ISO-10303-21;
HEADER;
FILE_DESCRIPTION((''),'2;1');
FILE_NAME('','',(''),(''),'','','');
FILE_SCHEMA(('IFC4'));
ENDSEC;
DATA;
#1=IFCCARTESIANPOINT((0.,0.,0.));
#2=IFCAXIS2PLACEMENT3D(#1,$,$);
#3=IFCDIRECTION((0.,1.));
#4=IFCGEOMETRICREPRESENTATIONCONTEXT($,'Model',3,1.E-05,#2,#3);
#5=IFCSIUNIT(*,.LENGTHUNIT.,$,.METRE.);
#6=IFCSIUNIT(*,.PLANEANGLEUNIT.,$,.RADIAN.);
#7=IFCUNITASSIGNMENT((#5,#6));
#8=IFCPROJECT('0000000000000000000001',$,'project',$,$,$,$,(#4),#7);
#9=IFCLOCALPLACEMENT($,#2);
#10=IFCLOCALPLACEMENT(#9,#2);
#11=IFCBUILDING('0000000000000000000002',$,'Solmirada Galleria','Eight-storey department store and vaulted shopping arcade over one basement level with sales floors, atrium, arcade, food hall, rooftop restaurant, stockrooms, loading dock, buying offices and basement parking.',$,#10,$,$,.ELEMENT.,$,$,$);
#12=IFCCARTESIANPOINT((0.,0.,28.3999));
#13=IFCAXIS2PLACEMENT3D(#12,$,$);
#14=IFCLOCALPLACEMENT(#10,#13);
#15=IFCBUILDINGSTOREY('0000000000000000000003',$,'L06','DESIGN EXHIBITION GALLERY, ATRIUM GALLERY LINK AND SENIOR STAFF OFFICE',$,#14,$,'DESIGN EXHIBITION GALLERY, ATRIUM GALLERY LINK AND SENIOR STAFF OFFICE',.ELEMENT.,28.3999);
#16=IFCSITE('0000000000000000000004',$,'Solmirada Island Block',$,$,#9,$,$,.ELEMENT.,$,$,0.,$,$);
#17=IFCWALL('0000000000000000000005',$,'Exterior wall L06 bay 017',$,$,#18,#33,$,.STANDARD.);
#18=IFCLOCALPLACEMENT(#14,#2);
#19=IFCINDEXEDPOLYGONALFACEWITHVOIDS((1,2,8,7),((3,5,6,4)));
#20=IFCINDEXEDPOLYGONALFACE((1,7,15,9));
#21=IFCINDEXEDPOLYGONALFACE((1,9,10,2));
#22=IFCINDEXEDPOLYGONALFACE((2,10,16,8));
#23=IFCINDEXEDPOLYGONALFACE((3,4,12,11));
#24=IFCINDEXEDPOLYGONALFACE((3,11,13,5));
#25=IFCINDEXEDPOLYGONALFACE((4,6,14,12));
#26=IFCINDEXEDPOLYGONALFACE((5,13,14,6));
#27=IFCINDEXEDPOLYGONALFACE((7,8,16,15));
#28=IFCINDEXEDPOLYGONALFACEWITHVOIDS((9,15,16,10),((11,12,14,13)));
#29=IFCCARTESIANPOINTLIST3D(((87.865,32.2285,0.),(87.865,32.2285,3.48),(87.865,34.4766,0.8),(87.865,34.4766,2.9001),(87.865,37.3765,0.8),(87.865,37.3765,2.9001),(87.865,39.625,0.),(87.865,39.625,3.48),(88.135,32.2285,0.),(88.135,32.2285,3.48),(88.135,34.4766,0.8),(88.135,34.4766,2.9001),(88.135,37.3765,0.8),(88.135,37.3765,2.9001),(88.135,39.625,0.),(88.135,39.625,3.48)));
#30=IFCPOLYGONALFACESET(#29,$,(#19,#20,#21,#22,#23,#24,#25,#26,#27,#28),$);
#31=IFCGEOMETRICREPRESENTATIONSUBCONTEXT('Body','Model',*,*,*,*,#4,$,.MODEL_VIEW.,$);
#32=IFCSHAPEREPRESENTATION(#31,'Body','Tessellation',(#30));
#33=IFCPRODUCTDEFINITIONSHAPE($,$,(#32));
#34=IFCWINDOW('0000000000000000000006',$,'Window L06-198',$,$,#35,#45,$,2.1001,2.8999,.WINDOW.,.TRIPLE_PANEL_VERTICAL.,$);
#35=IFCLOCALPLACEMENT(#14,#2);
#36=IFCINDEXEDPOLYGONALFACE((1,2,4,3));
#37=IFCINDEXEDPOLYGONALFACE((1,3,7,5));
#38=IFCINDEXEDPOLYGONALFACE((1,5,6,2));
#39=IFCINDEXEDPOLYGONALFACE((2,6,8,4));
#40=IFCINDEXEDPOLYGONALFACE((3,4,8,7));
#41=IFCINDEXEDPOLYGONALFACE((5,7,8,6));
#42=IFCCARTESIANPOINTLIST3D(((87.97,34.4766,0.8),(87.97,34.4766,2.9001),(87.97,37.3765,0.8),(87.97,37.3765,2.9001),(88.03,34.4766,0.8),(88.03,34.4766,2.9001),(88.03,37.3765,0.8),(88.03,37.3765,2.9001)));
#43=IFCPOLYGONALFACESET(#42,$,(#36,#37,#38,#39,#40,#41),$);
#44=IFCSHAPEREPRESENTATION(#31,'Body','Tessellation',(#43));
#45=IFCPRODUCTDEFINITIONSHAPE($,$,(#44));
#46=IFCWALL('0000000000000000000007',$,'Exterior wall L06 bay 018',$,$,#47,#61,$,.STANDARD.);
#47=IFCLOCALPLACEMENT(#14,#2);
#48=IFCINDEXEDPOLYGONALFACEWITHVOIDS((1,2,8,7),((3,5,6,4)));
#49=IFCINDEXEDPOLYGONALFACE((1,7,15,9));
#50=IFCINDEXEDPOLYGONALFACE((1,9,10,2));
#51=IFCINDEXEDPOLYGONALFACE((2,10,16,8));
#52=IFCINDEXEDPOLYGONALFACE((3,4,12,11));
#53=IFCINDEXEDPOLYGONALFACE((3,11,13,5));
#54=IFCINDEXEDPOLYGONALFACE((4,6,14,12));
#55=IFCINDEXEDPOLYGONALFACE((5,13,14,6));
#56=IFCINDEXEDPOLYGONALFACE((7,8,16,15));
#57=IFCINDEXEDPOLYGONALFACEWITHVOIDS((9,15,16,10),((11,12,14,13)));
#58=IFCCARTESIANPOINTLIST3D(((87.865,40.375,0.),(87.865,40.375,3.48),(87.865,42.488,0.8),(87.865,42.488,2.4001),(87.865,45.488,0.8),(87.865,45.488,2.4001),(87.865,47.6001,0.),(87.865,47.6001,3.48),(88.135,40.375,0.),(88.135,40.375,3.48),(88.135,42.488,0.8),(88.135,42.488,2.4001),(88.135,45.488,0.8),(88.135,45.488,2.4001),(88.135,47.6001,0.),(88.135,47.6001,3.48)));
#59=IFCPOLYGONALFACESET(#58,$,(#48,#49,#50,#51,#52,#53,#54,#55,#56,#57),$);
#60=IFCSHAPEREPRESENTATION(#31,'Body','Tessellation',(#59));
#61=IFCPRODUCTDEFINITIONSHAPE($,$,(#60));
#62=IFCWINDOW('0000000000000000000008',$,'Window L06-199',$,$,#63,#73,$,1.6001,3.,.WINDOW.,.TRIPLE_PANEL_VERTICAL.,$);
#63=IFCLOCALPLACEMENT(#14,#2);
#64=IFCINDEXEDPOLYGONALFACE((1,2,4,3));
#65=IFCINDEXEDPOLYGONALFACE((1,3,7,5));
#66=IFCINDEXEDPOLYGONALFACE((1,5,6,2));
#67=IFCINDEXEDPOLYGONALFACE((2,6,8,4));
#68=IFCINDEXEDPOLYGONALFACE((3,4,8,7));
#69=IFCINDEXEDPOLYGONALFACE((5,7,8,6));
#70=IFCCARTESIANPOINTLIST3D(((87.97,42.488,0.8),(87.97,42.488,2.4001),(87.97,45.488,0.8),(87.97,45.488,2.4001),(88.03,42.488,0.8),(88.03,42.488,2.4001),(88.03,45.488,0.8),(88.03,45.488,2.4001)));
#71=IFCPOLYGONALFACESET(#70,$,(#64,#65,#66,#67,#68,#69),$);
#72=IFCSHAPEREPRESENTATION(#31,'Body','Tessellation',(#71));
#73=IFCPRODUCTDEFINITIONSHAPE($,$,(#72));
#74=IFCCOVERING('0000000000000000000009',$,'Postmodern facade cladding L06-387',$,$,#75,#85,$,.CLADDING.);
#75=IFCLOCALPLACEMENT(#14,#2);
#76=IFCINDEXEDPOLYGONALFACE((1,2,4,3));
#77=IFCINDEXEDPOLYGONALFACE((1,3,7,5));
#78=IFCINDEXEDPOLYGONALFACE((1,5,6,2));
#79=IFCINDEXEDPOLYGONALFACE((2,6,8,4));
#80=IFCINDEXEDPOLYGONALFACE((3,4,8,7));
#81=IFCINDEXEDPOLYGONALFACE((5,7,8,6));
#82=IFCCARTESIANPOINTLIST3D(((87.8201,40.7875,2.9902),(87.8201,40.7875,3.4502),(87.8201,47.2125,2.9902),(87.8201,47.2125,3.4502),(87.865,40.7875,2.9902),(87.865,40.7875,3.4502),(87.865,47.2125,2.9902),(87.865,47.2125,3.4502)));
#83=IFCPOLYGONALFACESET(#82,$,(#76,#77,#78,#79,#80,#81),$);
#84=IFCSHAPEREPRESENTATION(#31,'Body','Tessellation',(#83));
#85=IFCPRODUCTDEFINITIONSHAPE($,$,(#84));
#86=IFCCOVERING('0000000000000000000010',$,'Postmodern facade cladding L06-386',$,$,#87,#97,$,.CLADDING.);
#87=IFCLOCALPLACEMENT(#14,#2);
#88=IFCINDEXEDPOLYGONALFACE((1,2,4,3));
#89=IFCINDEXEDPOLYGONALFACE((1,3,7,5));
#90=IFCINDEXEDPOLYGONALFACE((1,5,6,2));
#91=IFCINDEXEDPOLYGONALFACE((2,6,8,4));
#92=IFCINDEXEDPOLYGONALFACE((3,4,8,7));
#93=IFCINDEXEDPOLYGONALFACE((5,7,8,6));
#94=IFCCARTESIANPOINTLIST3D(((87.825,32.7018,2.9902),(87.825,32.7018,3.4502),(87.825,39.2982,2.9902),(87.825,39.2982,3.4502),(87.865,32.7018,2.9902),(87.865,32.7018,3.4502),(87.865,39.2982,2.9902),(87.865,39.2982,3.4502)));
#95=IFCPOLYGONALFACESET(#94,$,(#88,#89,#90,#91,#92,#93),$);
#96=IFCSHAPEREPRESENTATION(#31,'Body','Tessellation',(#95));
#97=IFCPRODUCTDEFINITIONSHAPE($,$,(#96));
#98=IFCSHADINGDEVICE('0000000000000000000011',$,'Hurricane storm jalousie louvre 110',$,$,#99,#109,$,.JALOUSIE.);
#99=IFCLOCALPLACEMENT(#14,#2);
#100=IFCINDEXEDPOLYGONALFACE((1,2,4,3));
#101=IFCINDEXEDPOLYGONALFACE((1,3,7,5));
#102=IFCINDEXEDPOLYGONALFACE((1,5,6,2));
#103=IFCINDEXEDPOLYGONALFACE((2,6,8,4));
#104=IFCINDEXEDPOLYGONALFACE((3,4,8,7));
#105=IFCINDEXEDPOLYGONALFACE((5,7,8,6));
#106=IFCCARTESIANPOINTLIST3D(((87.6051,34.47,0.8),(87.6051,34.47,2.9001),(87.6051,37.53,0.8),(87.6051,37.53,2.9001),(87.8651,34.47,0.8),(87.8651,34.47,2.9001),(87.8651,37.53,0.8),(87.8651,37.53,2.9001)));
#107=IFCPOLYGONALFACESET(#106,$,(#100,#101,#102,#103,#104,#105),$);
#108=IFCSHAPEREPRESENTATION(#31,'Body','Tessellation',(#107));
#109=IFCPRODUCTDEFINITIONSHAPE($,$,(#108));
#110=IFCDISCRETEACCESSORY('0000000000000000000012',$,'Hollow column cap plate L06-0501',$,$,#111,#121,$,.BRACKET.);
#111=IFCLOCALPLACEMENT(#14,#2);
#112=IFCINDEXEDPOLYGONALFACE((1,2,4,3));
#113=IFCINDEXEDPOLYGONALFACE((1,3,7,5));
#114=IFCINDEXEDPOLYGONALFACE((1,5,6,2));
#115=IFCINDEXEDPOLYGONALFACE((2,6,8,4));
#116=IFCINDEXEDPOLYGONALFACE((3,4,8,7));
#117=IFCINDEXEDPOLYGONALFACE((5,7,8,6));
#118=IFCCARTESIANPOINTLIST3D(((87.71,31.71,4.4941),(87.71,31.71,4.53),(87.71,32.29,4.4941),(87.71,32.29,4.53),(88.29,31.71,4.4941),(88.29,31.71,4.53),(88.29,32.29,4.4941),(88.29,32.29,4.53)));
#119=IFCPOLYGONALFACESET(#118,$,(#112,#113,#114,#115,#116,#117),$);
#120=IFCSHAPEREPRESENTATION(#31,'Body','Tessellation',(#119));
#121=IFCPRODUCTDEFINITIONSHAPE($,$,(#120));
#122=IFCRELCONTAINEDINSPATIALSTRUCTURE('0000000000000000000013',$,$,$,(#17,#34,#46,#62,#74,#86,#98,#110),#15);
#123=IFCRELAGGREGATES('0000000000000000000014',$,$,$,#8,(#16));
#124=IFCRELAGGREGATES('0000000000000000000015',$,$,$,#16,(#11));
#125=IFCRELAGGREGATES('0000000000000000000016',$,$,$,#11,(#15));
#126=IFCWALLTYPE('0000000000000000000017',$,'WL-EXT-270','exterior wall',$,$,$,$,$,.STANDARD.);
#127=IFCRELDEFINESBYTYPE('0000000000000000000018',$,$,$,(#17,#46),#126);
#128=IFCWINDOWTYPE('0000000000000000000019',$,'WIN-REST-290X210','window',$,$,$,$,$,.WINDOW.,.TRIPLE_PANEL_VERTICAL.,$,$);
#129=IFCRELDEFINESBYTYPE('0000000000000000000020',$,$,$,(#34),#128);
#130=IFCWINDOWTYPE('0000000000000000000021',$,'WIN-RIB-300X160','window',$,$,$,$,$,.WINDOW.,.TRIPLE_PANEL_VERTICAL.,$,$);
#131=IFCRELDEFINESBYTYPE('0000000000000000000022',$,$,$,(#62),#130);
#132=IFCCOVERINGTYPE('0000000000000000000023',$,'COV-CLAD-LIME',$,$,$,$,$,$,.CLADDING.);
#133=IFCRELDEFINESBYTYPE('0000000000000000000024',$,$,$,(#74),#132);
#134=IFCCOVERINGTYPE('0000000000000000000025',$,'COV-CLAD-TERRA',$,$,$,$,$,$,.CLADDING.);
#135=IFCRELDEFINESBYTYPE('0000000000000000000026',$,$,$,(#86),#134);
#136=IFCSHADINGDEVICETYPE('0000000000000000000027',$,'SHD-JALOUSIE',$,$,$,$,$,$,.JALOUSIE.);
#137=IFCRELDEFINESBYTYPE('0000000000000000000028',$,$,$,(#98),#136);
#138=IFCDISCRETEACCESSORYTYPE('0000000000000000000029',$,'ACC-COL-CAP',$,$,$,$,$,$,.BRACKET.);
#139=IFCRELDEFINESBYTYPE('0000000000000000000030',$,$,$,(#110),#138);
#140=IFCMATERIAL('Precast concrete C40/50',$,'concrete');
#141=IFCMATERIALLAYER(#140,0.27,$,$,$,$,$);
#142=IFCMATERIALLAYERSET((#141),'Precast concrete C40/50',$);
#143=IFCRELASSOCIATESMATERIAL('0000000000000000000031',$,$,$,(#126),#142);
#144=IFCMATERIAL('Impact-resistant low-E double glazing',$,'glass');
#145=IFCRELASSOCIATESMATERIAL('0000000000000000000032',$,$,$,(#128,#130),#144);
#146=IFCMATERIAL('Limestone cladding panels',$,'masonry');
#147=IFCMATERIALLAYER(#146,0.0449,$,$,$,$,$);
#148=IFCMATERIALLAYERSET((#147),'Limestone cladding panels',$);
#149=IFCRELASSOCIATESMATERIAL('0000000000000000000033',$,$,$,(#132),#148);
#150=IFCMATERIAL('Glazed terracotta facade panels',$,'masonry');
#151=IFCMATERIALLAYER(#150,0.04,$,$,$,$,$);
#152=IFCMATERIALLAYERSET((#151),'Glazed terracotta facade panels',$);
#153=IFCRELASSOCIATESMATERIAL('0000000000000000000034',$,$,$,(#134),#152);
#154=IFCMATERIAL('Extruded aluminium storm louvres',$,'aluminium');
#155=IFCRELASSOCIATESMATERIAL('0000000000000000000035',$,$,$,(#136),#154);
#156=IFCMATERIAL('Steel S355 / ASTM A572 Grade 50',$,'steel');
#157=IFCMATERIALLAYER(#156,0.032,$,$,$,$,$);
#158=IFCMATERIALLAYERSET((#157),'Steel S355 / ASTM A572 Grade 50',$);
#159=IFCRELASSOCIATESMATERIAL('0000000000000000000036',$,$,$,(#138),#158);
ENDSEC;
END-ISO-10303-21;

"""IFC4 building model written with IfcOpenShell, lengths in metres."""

from ifc_helpers import new_model, si_unit, direction, frame, frame_2d, origin, origin_2d, place, context, subcontext, project, spatial, rectangle, extrude, material, layer, layer_set, type_object, element, fill, save


model = new_model("IFC4")

# Units and contexts
model_context = context("Model", 3, precision=1e-05, world=origin(), true_north=direction((0.0, 1.0)))
body_context = subcontext(model_context, "Body", "Model", "MODEL_VIEW")
ifc_project = project(units=[si_unit("LENGTHUNIT", "METRE"), si_unit("PLANEANGLEUNIT", "RADIAN")], contexts=[model_context])

# Site, building, storey
site_placement = place(None, origin())
site = spatial("IfcSite", under=ifc_project, at=site_placement, Name="Solmirada Island Block", CompositionType="ELEMENT", RefElevation=0.0)
building_placement = place(site_placement, origin())
building = spatial("IfcBuilding", under=site, at=building_placement, Name="Solmirada Galleria", Description="Eight-storey department store and vaulted shopping arcade over one basement level with sales floors, atrium, arcade, food hall, rooftop restaurant, stockrooms, loading dock, buying offices and basement parking.", CompositionType="ELEMENT")
storey_placement = place(building_placement, frame((0.0, 0.0, 28.3999)))
storey = spatial("IfcBuildingStorey", under=building, at=storey_placement, Name="L06", Description="DESIGN EXHIBITION GALLERY, ATRIUM GALLERY LINK AND SENIOR STAFF OFFICE", LongName="DESIGN EXHIBITION GALLERY, ATRIUM GALLERY LINK AND SENIOR STAFF OFFICE", CompositionType="ELEMENT", Elevation=28.3999)

# Shared definitions
ifc_material_1 = material(Name="Impact-resistant low-E double glazing", Category="glass")

# Walls, openings, windows
ifc_material_2 = material(Name="Precast concrete C40/50", Category="concrete")
ifc_layer_1 = layer(ifc_material_2, 0.27)
ifc_layer_set_1 = layer_set([ifc_layer_1], Name="Precast concrete C40/50")
wall_type = type_object("IfcWallType", Name="WL-EXT-270", Description="exterior wall", PredefinedType="STANDARD", material=ifc_layer_set_1)
wall_1_placement = place(storey_placement, frame((88.0, 32.2285, 0.0), z_axis=(0.0, 0.0, 1.0), x_axis=(0.0, 1.0, 0.0)))
wall_1 = element("IfcWall", 1, at=wall_1_placement, inside=storey, type_object=wall_type, Name="Exterior wall L06 bay 017", PredefinedType="STANDARD", context=body_context, shape_type="SweptSolid", body=[
    extrude(rectangle(XDim=7.3965, YDim=0.27, at=frame_2d((3.6982, 0.0))), origin(), (0.0, 0.0, 1.0), 3.48),
])
opening_1_placement = place(wall_1_placement, frame((2.248, 0.0, 0.8)))
opening_1 = element("IfcOpeningElement", 2, at=opening_1_placement, cuts=wall_1, PredefinedType="OPENING", context=body_context, shape_type="SweptSolid", body=[
    extrude(rectangle(XDim=2.8999, YDim=2.1001, at=frame_2d((1.45, 1.05))), frame((0.0, 0.145, 0.0), z_axis=(0.0, -1.0, 0.0), x_axis=(1.0, 0.0, 0.0)), (0.0, 0.0, 1.0), 0.29),
])
window_type_1 = type_object("IfcWindowType", Name="WIN-REST-290X210", Description="window", PartitioningType="TRIPLE_PANEL_VERTICAL", PredefinedType="WINDOW", material=ifc_material_1)
window_1_placement = place(opening_1_placement, origin())
window_1 = element("IfcWindow", 3, at=window_1_placement, inside=storey, type_object=window_type_1, Name="Window L06-198", OverallHeight=2.1001, OverallWidth=2.8999, PartitioningType="TRIPLE_PANEL_VERTICAL", PredefinedType="WINDOW", context=body_context, shape_type="SweptSolid", body=[
    extrude(rectangle(XDim=2.8999, YDim=2.1001, at=frame_2d((1.45, 1.05))), frame((0.0, 0.03, 0.0), z_axis=(0.0, -1.0, 0.0), x_axis=(1.0, 0.0, 0.0)), (0.0, 0.0, 1.0), 0.0601),
])
fill(opening_1, window_1)
wall_2_placement = place(storey_placement, frame((88.0, 40.375, 0.0), z_axis=(0.0, 0.0, 1.0), x_axis=(0.0, 1.0, 0.0)))
wall_2 = element("IfcWall", 4, at=wall_2_placement, inside=storey, type_object=wall_type, Name="Exterior wall L06 bay 018", PredefinedType="STANDARD", context=body_context, shape_type="SweptSolid", body=[
    extrude(rectangle(XDim=7.2251, YDim=0.27, at=frame_2d((3.6125, 0.0))), origin(), (0.0, 0.0, 1.0), 3.48),
])
opening_2_placement = place(wall_2_placement, frame((2.113, 0.0, 0.8)))
opening_2 = element("IfcOpeningElement", 5, at=opening_2_placement, cuts=wall_2, PredefinedType="OPENING", context=body_context, shape_type="SweptSolid", body=[
    extrude(rectangle(XDim=3.0, YDim=1.6001, at=frame_2d((1.5, 0.8))), frame((0.0, 0.145, 0.0), z_axis=(0.0, -1.0, 0.0), x_axis=(1.0, 0.0, 0.0)), (0.0, 0.0, 1.0), 0.29),
])
window_type_2 = type_object("IfcWindowType", Name="WIN-RIB-300X160", Description="window", PartitioningType="TRIPLE_PANEL_VERTICAL", PredefinedType="WINDOW", material=ifc_material_1)
window_2_placement = place(opening_2_placement, origin())
window_2 = element("IfcWindow", 6, at=window_2_placement, inside=storey, type_object=window_type_2, Name="Window L06-199", OverallHeight=1.6001, OverallWidth=3.0, PartitioningType="TRIPLE_PANEL_VERTICAL", PredefinedType="WINDOW", context=body_context, shape_type="SweptSolid", body=[
    extrude(rectangle(XDim=3.0, YDim=1.6001, at=frame_2d((1.5, 0.8))), frame((0.0, 0.03, 0.0), z_axis=(0.0, -1.0, 0.0), x_axis=(1.0, 0.0, 0.0)), (0.0, 0.0, 1.0), 0.0601),
])
fill(opening_2, window_2)

# Coverings
ifc_material_3 = material(Name="Limestone cladding panels", Category="masonry")
ifc_layer_2 = layer(ifc_material_3, 0.0449)
ifc_layer_set_2 = layer_set([ifc_layer_2], Name="Limestone cladding panels")
covering_type_1 = type_object("IfcCoveringType", Name="COV-CLAD-LIME", PredefinedType="CLADDING", material=ifc_layer_set_2)
covering_1_placement = place(storey_placement, frame((87.8425, 44.0, 2.9902), z_axis=(0.0, 0.0, 1.0), x_axis=(0.0, 1.0, 0.0)))
element("IfcCovering", 7, at=covering_1_placement, inside=storey, type_object=covering_type_1, Name="Postmodern facade cladding L06-387", PredefinedType="CLADDING", context=body_context, shape_type="SweptSolid", body=[
    extrude(rectangle(XDim=6.425, YDim=0.0449, at=origin_2d()), origin(), (0.0, 0.0, 1.0), 0.46),
])
ifc_material_4 = material(Name="Glazed terracotta facade panels", Category="masonry")
ifc_layer_3 = layer(ifc_material_4, 0.04)
ifc_layer_set_3 = layer_set([ifc_layer_3], Name="Glazed terracotta facade panels")
covering_type_2 = type_object("IfcCoveringType", Name="COV-CLAD-TERRA", PredefinedType="CLADDING", material=ifc_layer_set_3)
covering_2_placement = place(storey_placement, frame((87.845, 36.0, 2.9902), z_axis=(0.0, 0.0, 1.0), x_axis=(0.0, 1.0, 0.0)))
element("IfcCovering", 8, at=covering_2_placement, inside=storey, type_object=covering_type_2, Name="Postmodern facade cladding L06-386", PredefinedType="CLADDING", context=body_context, shape_type="SweptSolid", body=[
    extrude(rectangle(XDim=6.5964, YDim=0.04, at=origin_2d()), origin(), (0.0, 0.0, 1.0), 0.46),
])

# Shading device
ifc_material_5 = material(Name="Extruded aluminium storm louvres", Category="aluminium")
shading_device_type = type_object("IfcShadingDeviceType", Name="SHD-JALOUSIE", PredefinedType="JALOUSIE", material=ifc_material_5)
shading_device_placement = place(storey_placement, frame((87.7351, 36.0, 0.8), z_axis=(0.0, 0.0, 1.0), x_axis=(0.0, 1.0, 0.0)))
element("IfcShadingDevice", 9, at=shading_device_placement, inside=storey, type_object=shading_device_type, Name="Hurricane storm jalousie louvre 110", PredefinedType="JALOUSIE", context=body_context, shape_type="SweptSolid", body=[
    extrude(rectangle(XDim=3.0601, YDim=0.26, at=origin_2d()), origin(), (0.0, 0.0, 1.0), 2.1001),
])

# Discrete accessory
ifc_material_6 = material(Name="Steel S355 / ASTM A572 Grade 50", Category="steel")
ifc_layer_4 = layer(ifc_material_6, 0.032)
ifc_layer_set_4 = layer_set([ifc_layer_4], Name="Steel S355 / ASTM A572 Grade 50")
discrete_accessory_type = type_object("IfcDiscreteAccessoryType", Name="ACC-COL-CAP", PredefinedType="BRACKET", material=ifc_layer_set_4)
discrete_accessory_placement = place(storey_placement, frame((88.0, 32.0, 4.4941), z_axis=(0.0, 0.0, 1.0), x_axis=(1.0, 0.0, 0.0)))
element("IfcDiscreteAccessory", 10, at=discrete_accessory_placement, inside=storey, type_object=discrete_accessory_type, Name="Hollow column cap plate L06-0501", PredefinedType="BRACKET", context=body_context, shape_type="SweptSolid", body=[
    extrude(rectangle(XDim=0.5801, YDim=0.5801, at=origin_2d()), origin(), (0.0, 0.0, 1.0), 0.0359),
])

save(model, "model.ifc")
